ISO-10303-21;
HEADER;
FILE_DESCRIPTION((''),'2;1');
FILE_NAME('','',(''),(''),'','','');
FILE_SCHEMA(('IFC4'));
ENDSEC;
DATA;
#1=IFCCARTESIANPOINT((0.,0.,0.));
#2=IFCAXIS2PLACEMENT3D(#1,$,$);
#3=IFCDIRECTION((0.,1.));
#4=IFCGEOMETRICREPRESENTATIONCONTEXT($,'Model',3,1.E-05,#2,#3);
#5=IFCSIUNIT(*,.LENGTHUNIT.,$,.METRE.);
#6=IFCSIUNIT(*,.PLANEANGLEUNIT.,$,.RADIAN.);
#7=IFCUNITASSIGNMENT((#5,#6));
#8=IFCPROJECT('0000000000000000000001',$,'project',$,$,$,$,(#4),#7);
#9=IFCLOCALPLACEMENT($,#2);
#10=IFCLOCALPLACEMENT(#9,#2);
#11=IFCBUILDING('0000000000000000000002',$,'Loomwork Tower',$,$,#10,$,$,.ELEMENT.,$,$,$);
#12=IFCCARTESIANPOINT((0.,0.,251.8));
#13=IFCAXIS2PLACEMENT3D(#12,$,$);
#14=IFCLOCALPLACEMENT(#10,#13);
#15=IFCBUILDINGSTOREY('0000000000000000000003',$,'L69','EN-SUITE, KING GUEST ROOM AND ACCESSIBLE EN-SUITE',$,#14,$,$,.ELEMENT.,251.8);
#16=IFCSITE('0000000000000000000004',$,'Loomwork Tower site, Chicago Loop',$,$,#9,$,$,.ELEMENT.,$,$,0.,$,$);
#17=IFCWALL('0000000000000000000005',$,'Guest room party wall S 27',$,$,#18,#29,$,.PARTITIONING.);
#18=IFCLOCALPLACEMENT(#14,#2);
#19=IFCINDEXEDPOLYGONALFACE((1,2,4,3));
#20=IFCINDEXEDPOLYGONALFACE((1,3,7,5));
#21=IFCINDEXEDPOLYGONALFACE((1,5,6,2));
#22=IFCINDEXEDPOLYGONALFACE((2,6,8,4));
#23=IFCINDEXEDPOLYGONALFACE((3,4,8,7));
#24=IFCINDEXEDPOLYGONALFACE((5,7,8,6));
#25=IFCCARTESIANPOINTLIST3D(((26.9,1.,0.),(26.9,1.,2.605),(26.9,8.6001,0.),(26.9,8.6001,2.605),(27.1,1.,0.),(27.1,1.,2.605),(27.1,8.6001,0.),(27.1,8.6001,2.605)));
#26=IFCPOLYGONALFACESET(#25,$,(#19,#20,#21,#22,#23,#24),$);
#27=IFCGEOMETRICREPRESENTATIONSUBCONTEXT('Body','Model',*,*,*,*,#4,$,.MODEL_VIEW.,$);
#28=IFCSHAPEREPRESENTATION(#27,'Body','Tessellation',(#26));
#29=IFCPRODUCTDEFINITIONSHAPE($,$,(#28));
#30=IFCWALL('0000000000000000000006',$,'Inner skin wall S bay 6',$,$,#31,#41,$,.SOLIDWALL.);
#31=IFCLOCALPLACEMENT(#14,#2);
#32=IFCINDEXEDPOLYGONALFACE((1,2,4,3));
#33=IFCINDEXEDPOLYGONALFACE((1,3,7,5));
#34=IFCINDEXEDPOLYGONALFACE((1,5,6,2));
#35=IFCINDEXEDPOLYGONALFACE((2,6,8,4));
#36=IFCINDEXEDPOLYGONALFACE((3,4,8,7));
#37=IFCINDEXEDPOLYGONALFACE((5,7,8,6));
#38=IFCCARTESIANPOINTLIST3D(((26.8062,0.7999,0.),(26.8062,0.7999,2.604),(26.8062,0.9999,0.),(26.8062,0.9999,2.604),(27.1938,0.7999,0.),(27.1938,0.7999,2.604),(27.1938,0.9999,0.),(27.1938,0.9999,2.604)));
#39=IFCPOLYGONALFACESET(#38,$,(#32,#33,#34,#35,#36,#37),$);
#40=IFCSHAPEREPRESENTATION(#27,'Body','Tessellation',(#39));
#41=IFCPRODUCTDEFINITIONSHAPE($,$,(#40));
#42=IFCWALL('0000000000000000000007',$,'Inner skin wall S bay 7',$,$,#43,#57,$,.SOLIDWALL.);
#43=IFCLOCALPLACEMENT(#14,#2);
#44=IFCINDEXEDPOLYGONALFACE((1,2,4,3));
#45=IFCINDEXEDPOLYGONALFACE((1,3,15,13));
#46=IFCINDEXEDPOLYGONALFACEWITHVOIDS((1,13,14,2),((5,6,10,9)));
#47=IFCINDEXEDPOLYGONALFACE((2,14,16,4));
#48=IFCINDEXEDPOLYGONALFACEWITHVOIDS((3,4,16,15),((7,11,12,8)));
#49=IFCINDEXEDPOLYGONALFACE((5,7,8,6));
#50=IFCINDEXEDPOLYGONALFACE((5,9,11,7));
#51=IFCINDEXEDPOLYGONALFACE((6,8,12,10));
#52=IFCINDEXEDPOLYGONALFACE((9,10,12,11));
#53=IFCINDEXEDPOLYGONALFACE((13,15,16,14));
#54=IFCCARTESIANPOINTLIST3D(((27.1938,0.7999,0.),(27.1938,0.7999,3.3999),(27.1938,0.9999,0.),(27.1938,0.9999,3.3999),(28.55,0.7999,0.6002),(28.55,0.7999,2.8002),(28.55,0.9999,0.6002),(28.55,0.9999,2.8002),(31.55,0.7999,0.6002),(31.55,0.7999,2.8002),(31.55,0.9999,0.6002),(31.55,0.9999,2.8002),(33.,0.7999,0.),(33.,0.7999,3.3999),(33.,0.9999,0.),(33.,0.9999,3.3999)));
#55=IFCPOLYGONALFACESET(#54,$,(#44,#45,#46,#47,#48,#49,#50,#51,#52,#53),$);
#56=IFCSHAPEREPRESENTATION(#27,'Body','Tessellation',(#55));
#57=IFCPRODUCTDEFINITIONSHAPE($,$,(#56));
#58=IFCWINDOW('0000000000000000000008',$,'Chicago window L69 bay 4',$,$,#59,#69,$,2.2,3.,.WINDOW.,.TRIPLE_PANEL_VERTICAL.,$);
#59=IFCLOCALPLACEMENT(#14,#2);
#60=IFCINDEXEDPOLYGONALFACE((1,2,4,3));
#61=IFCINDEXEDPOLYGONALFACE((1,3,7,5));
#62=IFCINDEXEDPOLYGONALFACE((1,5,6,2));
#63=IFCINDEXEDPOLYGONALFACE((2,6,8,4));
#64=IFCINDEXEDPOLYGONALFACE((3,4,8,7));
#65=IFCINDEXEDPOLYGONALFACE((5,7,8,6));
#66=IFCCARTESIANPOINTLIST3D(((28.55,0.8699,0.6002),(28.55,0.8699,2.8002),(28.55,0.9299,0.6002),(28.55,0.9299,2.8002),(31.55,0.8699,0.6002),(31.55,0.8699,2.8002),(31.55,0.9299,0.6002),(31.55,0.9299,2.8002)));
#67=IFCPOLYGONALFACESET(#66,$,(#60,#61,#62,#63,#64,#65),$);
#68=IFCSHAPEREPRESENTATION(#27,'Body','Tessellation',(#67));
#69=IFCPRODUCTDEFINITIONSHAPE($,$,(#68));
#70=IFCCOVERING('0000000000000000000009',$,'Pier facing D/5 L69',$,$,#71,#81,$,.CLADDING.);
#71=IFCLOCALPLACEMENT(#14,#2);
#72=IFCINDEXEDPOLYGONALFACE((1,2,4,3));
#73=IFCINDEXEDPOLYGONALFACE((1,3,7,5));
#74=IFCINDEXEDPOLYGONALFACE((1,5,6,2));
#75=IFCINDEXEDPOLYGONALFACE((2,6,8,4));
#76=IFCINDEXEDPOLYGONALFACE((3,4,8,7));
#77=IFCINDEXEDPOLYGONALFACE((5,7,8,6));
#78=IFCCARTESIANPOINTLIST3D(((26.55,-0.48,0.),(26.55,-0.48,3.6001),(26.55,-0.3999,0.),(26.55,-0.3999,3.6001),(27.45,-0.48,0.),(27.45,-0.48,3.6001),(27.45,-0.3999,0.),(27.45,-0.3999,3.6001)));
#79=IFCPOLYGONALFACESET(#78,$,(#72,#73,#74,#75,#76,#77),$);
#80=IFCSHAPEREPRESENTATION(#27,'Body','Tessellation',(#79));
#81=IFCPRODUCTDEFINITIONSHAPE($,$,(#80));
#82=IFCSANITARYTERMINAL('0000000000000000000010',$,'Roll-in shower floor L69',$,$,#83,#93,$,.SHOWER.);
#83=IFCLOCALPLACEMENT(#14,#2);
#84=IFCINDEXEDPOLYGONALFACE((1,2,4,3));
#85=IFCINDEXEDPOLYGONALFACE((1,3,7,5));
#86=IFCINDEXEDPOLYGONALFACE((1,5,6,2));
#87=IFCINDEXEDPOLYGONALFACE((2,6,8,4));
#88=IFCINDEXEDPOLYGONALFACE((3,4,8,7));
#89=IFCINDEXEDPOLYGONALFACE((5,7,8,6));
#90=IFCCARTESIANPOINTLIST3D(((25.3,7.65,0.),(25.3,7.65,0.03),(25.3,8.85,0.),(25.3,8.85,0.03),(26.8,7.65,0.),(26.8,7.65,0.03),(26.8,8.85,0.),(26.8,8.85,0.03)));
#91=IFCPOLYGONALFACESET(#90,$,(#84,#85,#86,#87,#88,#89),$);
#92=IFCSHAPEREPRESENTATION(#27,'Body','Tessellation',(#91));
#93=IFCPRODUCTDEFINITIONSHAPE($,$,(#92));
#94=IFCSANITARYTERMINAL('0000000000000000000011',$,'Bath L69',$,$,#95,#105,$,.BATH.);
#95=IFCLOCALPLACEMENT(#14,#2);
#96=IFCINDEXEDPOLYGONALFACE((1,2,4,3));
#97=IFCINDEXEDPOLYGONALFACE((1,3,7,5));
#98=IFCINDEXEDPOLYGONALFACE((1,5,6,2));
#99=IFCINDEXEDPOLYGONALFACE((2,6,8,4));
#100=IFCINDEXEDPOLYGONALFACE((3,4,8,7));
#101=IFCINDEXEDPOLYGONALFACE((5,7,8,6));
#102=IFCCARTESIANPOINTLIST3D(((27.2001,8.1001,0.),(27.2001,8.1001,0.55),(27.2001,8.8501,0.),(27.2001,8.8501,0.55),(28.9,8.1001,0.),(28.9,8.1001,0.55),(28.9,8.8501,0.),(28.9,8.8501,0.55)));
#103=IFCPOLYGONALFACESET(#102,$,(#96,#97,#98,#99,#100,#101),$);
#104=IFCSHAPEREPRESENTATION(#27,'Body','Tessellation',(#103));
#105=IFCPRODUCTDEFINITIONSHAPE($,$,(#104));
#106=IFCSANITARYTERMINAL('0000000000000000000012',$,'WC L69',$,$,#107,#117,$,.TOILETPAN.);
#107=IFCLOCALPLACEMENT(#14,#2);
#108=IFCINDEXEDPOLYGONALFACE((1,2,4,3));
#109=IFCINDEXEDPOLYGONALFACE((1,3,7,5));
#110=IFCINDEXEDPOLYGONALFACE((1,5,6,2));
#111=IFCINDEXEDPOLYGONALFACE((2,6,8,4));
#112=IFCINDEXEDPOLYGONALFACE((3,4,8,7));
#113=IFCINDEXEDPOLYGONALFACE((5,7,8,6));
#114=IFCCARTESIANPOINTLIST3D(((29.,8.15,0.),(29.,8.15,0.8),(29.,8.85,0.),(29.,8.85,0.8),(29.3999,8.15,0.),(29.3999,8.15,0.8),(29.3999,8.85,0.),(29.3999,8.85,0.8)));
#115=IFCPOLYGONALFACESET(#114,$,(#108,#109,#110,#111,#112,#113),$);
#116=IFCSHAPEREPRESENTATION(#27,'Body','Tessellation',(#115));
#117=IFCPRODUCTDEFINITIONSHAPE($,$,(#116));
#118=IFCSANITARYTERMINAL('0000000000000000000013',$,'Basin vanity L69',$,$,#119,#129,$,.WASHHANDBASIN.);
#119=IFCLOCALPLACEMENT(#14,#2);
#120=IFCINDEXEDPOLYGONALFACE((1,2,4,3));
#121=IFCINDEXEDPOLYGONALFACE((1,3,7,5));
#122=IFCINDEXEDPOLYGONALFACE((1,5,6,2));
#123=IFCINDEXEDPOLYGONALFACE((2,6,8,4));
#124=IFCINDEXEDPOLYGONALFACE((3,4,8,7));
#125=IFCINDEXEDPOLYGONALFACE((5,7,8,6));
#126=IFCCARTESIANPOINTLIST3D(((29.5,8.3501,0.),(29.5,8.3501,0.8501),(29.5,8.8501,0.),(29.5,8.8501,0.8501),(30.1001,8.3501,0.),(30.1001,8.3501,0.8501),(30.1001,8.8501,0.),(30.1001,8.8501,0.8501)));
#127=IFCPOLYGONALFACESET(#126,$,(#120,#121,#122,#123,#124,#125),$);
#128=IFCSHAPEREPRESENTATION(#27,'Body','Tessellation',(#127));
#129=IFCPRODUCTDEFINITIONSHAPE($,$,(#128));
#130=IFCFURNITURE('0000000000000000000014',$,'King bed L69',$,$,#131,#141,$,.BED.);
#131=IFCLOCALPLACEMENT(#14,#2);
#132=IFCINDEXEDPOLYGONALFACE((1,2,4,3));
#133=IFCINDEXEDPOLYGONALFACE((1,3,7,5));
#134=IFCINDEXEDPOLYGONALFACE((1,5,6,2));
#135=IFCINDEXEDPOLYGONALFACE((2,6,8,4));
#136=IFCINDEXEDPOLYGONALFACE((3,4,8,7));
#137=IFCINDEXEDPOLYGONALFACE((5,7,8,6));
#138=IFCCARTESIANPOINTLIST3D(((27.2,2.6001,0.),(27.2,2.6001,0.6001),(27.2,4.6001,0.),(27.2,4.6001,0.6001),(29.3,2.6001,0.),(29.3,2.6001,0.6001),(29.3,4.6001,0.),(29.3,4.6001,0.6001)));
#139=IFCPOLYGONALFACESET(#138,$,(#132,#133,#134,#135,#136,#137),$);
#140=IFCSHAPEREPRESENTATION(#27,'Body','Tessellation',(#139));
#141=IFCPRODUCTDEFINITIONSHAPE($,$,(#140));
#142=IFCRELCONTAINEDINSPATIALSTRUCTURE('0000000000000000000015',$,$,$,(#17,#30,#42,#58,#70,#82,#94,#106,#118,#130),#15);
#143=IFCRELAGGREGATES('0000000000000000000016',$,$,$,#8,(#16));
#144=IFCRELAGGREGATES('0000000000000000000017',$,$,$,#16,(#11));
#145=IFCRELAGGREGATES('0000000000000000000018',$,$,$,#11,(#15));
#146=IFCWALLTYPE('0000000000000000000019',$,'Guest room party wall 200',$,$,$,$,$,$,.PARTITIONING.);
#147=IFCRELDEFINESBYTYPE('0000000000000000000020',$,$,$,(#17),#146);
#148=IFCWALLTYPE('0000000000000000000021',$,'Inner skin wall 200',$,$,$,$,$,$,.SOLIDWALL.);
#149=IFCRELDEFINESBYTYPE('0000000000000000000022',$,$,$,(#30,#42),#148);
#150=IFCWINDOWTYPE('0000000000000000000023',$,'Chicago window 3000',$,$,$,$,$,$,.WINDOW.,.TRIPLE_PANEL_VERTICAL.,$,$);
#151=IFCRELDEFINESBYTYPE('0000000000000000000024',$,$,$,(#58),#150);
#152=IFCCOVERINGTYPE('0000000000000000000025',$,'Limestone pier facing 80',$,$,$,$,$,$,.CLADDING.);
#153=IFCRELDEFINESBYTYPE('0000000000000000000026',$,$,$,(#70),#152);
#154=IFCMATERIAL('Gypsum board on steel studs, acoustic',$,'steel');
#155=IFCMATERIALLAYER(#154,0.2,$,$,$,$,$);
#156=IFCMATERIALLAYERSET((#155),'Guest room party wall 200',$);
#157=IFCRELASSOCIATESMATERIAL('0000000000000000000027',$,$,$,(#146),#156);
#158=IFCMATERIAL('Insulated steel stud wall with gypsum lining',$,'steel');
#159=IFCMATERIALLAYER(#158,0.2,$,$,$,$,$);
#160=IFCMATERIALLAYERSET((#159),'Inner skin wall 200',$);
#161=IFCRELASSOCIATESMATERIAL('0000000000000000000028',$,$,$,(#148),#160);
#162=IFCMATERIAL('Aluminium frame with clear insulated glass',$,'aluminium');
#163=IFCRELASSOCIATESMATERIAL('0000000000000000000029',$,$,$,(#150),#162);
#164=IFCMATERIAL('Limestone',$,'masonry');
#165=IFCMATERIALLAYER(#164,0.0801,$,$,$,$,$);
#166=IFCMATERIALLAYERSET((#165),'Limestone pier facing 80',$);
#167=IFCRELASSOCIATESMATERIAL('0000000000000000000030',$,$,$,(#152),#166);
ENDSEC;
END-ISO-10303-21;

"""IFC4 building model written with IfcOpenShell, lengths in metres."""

from ifc_helpers import new_model, si_unit, direction, frame, frame_2d, origin, origin_2d, place, context, subcontext, project, spatial, rectangle, extrude, material, layer, layer_set, type_object, element, fill, save


model = new_model("IFC4")

# Units and contexts
model_context = context("Model", 3, precision=1e-05, world=origin(), true_north=direction((0.0, 1.0)))
body_context = subcontext(model_context, "Body", "Model", "MODEL_VIEW")
ifc_project = project(units=[si_unit("LENGTHUNIT", "METRE"), si_unit("PLANEANGLEUNIT", "RADIAN")], contexts=[model_context])

# Site, building, storey
site_placement = place(None, origin())
site = spatial("IfcSite", under=ifc_project, at=site_placement, Name="Loomwork Tower site, Chicago Loop", CompositionType="ELEMENT", RefElevation=0.0)
building_placement = place(site_placement, origin())
building = spatial("IfcBuilding", under=site, at=building_placement, Name="Loomwork Tower", CompositionType="ELEMENT")
storey_placement = place(building_placement, frame((0.0, 0.0, 251.8)))
storey = spatial("IfcBuildingStorey", under=building, at=storey_placement, Name="L69", Description="EN-SUITE, KING GUEST ROOM AND ACCESSIBLE EN-SUITE", CompositionType="ELEMENT", Elevation=251.8)

# Walls
ifc_material_1 = material(Name="Gypsum board on steel studs, acoustic", Category="steel")
ifc_layer_1 = layer(ifc_material_1, 0.2)
ifc_layer_set_1 = layer_set([ifc_layer_1], Name="Guest room party wall 200")
wall_type_1 = type_object("IfcWallType", Name="Guest room party wall 200", PredefinedType="PARTITIONING", material=ifc_layer_set_1)
wall_1_placement = place(storey_placement, frame((27.0, 8.6001, 0.0), z_axis=(0.0, 0.0, 1.0), x_axis=(0.0, -1.0, 0.0)))
element("IfcWall", 1, at=wall_1_placement, inside=storey, type_object=wall_type_1, Name="Guest room party wall S 27", PredefinedType="PARTITIONING", context=body_context, shape_type="SweptSolid", body=[
    extrude(rectangle(XDim=7.6001, YDim=0.2, at=frame_2d((3.8, 0.0))), origin(), (0.0, 0.0, 1.0), 2.605),
])
ifc_material_2 = material(Name="Insulated steel stud wall with gypsum lining", Category="steel")
ifc_layer_2 = layer(ifc_material_2, 0.2)
ifc_layer_set_2 = layer_set([ifc_layer_2], Name="Inner skin wall 200")
wall_type_2 = type_object("IfcWallType", Name="Inner skin wall 200", PredefinedType="SOLIDWALL", material=ifc_layer_set_2)
wall_2_placement = place(storey_placement, frame((26.8062, 0.8999, 0.0), z_axis=(0.0, 0.0, 1.0), x_axis=(1.0, 0.0, 0.0)))
element("IfcWall", 2, at=wall_2_placement, inside=storey, type_object=wall_type_2, Name="Inner skin wall S bay 6", PredefinedType="SOLIDWALL", context=body_context, shape_type="SweptSolid", body=[
    extrude(rectangle(XDim=0.3877, YDim=0.2, at=frame_2d((0.1938, 0.0))), origin(), (0.0, 0.0, 1.0), 2.604),
])

# Wall, opening, window
wall_3_placement = place(storey_placement, frame((27.1938, 0.8999, 0.0), z_axis=(0.0, 0.0, 1.0), x_axis=(1.0, 0.0, 0.0)))
wall_3 = element("IfcWall", 3, at=wall_3_placement, inside=storey, type_object=wall_type_2, Name="Inner skin wall S bay 7", PredefinedType="SOLIDWALL", context=body_context, shape_type="SweptSolid", body=[
    extrude(rectangle(XDim=5.8062, YDim=0.2, at=frame_2d((2.9031, 0.0))), origin(), (0.0, 0.0, 1.0), 3.3999),
])
opening_placement = place(wall_3_placement, frame((1.3562, 0.0, 0.6001)))
opening = element("IfcOpeningElement", 4, at=opening_placement, cuts=wall_3, PredefinedType="OPENING", context=body_context, shape_type="SweptSolid", body=[
    extrude(rectangle(XDim=3.0, YDim=2.2, at=frame_2d((1.5, 1.1001))), frame((0.0, 0.1099, 0.0), z_axis=(0.0, -1.0, 0.0), x_axis=(1.0, 0.0, 0.0)), (0.0, 0.0, 1.0), 0.22),
])
ifc_material_3 = material(Name="Aluminium frame with clear insulated glass", Category="aluminium")
window_type = type_object("IfcWindowType", Name="Chicago window 3000", PartitioningType="TRIPLE_PANEL_VERTICAL", PredefinedType="WINDOW", material=ifc_material_3)
window_placement = place(opening_placement, origin())
window = element("IfcWindow", 5, at=window_placement, inside=storey, type_object=window_type, Name="Chicago window L69 bay 4", OverallHeight=2.2, OverallWidth=3.0, PartitioningType="TRIPLE_PANEL_VERTICAL", PredefinedType="WINDOW", context=body_context, shape_type="SweptSolid", body=[
    extrude(rectangle(XDim=3.0, YDim=2.2, at=frame_2d((1.5, 1.1001))), frame((0.0, 0.03, 0.0), z_axis=(0.0, -1.0, 0.0), x_axis=(1.0, 0.0, 0.0)), (0.0, 0.0, 1.0), 0.0601),
])
fill(opening, window)

# Covering
ifc_material_4 = material(Name="Limestone", Category="masonry")
ifc_layer_3 = layer(ifc_material_4, 0.0801)
ifc_layer_set_3 = layer_set([ifc_layer_3], Name="Limestone pier facing 80")
covering_type = type_object("IfcCoveringType", Name="Limestone pier facing 80", PredefinedType="CLADDING", material=ifc_layer_set_3)
covering_placement = place(storey_placement, frame((27.0, -0.4399, 0.0), z_axis=(0.0, 0.0, 1.0), x_axis=(1.0, 0.0, 0.0)))
element("IfcCovering", 6, at=covering_placement, inside=storey, type_object=covering_type, Name="Pier facing D/5 L69", PredefinedType="CLADDING", context=body_context, shape_type="SweptSolid", body=[
    extrude(rectangle(XDim=0.8999, YDim=0.0801, at=origin_2d()), origin(), (0.0, 0.0, 1.0), 3.6001),
])

# Sanitary terminals
sanitary_terminal_1_placement = place(storey_placement, frame((26.05, 8.25, 0.0), z_axis=(0.0, 0.0, 1.0), x_axis=(1.0, 0.0, 0.0)))
element("IfcSanitaryTerminal", 7, at=sanitary_terminal_1_placement, inside=storey, Name="Roll-in shower floor L69", PredefinedType="SHOWER", context=body_context, shape_type="SweptSolid", body=[
    extrude(rectangle(XDim=1.5, YDim=1.2, at=origin_2d()), origin(), (0.0, 0.0, 1.0), 0.03),
])
sanitary_terminal_2_placement = place(storey_placement, frame((28.05, 8.4751, 0.0), z_axis=(0.0, 0.0, 1.0), x_axis=(1.0, 0.0, 0.0)))
element("IfcSanitaryTerminal", 8, at=sanitary_terminal_2_placement, inside=storey, Name="Bath L69", PredefinedType="BATH", context=body_context, shape_type="SweptSolid", body=[
    extrude(rectangle(XDim=1.7, YDim=0.75, at=origin_2d()), origin(), (0.0, 0.0, 1.0), 0.55),
])
sanitary_terminal_3_placement = place(storey_placement, frame((29.2, 8.5, 0.0), z_axis=(0.0, 0.0, 1.0), x_axis=(1.0, 0.0, 0.0)))
element("IfcSanitaryTerminal", 9, at=sanitary_terminal_3_placement, inside=storey, Name="WC L69", PredefinedType="TOILETPAN", context=body_context, shape_type="SweptSolid", body=[
    extrude(rectangle(XDim=0.3999, YDim=0.7, at=origin_2d()), origin(), (0.0, 0.0, 1.0), 0.8),
])
sanitary_terminal_4_placement = place(storey_placement, frame((29.8, 8.6001, 0.0), z_axis=(0.0, 0.0, 1.0), x_axis=(1.0, 0.0, 0.0)))
element("IfcSanitaryTerminal", 10, at=sanitary_terminal_4_placement, inside=storey, Name="Basin vanity L69", PredefinedType="WASHHANDBASIN", context=body_context, shape_type="SweptSolid", body=[
    extrude(rectangle(XDim=0.6001, YDim=0.5, at=origin_2d()), origin(), (0.0, 0.0, 1.0), 0.8501),
])

# Furniture
furniture_placement = place(storey_placement, frame((28.25, 3.6001, 0.0), z_axis=(0.0, 0.0, 1.0), x_axis=(1.0, 0.0, 0.0)))
element("IfcFurniture", 11, at=furniture_placement, inside=storey, Name="King bed L69", PredefinedType="BED", context=body_context, shape_type="SweptSolid", body=[
    extrude(rectangle(XDim=2.1001, YDim=2.0, at=origin_2d()), origin(), (0.0, 0.0, 1.0), 0.6001),
])

save(model, "model.ifc")
